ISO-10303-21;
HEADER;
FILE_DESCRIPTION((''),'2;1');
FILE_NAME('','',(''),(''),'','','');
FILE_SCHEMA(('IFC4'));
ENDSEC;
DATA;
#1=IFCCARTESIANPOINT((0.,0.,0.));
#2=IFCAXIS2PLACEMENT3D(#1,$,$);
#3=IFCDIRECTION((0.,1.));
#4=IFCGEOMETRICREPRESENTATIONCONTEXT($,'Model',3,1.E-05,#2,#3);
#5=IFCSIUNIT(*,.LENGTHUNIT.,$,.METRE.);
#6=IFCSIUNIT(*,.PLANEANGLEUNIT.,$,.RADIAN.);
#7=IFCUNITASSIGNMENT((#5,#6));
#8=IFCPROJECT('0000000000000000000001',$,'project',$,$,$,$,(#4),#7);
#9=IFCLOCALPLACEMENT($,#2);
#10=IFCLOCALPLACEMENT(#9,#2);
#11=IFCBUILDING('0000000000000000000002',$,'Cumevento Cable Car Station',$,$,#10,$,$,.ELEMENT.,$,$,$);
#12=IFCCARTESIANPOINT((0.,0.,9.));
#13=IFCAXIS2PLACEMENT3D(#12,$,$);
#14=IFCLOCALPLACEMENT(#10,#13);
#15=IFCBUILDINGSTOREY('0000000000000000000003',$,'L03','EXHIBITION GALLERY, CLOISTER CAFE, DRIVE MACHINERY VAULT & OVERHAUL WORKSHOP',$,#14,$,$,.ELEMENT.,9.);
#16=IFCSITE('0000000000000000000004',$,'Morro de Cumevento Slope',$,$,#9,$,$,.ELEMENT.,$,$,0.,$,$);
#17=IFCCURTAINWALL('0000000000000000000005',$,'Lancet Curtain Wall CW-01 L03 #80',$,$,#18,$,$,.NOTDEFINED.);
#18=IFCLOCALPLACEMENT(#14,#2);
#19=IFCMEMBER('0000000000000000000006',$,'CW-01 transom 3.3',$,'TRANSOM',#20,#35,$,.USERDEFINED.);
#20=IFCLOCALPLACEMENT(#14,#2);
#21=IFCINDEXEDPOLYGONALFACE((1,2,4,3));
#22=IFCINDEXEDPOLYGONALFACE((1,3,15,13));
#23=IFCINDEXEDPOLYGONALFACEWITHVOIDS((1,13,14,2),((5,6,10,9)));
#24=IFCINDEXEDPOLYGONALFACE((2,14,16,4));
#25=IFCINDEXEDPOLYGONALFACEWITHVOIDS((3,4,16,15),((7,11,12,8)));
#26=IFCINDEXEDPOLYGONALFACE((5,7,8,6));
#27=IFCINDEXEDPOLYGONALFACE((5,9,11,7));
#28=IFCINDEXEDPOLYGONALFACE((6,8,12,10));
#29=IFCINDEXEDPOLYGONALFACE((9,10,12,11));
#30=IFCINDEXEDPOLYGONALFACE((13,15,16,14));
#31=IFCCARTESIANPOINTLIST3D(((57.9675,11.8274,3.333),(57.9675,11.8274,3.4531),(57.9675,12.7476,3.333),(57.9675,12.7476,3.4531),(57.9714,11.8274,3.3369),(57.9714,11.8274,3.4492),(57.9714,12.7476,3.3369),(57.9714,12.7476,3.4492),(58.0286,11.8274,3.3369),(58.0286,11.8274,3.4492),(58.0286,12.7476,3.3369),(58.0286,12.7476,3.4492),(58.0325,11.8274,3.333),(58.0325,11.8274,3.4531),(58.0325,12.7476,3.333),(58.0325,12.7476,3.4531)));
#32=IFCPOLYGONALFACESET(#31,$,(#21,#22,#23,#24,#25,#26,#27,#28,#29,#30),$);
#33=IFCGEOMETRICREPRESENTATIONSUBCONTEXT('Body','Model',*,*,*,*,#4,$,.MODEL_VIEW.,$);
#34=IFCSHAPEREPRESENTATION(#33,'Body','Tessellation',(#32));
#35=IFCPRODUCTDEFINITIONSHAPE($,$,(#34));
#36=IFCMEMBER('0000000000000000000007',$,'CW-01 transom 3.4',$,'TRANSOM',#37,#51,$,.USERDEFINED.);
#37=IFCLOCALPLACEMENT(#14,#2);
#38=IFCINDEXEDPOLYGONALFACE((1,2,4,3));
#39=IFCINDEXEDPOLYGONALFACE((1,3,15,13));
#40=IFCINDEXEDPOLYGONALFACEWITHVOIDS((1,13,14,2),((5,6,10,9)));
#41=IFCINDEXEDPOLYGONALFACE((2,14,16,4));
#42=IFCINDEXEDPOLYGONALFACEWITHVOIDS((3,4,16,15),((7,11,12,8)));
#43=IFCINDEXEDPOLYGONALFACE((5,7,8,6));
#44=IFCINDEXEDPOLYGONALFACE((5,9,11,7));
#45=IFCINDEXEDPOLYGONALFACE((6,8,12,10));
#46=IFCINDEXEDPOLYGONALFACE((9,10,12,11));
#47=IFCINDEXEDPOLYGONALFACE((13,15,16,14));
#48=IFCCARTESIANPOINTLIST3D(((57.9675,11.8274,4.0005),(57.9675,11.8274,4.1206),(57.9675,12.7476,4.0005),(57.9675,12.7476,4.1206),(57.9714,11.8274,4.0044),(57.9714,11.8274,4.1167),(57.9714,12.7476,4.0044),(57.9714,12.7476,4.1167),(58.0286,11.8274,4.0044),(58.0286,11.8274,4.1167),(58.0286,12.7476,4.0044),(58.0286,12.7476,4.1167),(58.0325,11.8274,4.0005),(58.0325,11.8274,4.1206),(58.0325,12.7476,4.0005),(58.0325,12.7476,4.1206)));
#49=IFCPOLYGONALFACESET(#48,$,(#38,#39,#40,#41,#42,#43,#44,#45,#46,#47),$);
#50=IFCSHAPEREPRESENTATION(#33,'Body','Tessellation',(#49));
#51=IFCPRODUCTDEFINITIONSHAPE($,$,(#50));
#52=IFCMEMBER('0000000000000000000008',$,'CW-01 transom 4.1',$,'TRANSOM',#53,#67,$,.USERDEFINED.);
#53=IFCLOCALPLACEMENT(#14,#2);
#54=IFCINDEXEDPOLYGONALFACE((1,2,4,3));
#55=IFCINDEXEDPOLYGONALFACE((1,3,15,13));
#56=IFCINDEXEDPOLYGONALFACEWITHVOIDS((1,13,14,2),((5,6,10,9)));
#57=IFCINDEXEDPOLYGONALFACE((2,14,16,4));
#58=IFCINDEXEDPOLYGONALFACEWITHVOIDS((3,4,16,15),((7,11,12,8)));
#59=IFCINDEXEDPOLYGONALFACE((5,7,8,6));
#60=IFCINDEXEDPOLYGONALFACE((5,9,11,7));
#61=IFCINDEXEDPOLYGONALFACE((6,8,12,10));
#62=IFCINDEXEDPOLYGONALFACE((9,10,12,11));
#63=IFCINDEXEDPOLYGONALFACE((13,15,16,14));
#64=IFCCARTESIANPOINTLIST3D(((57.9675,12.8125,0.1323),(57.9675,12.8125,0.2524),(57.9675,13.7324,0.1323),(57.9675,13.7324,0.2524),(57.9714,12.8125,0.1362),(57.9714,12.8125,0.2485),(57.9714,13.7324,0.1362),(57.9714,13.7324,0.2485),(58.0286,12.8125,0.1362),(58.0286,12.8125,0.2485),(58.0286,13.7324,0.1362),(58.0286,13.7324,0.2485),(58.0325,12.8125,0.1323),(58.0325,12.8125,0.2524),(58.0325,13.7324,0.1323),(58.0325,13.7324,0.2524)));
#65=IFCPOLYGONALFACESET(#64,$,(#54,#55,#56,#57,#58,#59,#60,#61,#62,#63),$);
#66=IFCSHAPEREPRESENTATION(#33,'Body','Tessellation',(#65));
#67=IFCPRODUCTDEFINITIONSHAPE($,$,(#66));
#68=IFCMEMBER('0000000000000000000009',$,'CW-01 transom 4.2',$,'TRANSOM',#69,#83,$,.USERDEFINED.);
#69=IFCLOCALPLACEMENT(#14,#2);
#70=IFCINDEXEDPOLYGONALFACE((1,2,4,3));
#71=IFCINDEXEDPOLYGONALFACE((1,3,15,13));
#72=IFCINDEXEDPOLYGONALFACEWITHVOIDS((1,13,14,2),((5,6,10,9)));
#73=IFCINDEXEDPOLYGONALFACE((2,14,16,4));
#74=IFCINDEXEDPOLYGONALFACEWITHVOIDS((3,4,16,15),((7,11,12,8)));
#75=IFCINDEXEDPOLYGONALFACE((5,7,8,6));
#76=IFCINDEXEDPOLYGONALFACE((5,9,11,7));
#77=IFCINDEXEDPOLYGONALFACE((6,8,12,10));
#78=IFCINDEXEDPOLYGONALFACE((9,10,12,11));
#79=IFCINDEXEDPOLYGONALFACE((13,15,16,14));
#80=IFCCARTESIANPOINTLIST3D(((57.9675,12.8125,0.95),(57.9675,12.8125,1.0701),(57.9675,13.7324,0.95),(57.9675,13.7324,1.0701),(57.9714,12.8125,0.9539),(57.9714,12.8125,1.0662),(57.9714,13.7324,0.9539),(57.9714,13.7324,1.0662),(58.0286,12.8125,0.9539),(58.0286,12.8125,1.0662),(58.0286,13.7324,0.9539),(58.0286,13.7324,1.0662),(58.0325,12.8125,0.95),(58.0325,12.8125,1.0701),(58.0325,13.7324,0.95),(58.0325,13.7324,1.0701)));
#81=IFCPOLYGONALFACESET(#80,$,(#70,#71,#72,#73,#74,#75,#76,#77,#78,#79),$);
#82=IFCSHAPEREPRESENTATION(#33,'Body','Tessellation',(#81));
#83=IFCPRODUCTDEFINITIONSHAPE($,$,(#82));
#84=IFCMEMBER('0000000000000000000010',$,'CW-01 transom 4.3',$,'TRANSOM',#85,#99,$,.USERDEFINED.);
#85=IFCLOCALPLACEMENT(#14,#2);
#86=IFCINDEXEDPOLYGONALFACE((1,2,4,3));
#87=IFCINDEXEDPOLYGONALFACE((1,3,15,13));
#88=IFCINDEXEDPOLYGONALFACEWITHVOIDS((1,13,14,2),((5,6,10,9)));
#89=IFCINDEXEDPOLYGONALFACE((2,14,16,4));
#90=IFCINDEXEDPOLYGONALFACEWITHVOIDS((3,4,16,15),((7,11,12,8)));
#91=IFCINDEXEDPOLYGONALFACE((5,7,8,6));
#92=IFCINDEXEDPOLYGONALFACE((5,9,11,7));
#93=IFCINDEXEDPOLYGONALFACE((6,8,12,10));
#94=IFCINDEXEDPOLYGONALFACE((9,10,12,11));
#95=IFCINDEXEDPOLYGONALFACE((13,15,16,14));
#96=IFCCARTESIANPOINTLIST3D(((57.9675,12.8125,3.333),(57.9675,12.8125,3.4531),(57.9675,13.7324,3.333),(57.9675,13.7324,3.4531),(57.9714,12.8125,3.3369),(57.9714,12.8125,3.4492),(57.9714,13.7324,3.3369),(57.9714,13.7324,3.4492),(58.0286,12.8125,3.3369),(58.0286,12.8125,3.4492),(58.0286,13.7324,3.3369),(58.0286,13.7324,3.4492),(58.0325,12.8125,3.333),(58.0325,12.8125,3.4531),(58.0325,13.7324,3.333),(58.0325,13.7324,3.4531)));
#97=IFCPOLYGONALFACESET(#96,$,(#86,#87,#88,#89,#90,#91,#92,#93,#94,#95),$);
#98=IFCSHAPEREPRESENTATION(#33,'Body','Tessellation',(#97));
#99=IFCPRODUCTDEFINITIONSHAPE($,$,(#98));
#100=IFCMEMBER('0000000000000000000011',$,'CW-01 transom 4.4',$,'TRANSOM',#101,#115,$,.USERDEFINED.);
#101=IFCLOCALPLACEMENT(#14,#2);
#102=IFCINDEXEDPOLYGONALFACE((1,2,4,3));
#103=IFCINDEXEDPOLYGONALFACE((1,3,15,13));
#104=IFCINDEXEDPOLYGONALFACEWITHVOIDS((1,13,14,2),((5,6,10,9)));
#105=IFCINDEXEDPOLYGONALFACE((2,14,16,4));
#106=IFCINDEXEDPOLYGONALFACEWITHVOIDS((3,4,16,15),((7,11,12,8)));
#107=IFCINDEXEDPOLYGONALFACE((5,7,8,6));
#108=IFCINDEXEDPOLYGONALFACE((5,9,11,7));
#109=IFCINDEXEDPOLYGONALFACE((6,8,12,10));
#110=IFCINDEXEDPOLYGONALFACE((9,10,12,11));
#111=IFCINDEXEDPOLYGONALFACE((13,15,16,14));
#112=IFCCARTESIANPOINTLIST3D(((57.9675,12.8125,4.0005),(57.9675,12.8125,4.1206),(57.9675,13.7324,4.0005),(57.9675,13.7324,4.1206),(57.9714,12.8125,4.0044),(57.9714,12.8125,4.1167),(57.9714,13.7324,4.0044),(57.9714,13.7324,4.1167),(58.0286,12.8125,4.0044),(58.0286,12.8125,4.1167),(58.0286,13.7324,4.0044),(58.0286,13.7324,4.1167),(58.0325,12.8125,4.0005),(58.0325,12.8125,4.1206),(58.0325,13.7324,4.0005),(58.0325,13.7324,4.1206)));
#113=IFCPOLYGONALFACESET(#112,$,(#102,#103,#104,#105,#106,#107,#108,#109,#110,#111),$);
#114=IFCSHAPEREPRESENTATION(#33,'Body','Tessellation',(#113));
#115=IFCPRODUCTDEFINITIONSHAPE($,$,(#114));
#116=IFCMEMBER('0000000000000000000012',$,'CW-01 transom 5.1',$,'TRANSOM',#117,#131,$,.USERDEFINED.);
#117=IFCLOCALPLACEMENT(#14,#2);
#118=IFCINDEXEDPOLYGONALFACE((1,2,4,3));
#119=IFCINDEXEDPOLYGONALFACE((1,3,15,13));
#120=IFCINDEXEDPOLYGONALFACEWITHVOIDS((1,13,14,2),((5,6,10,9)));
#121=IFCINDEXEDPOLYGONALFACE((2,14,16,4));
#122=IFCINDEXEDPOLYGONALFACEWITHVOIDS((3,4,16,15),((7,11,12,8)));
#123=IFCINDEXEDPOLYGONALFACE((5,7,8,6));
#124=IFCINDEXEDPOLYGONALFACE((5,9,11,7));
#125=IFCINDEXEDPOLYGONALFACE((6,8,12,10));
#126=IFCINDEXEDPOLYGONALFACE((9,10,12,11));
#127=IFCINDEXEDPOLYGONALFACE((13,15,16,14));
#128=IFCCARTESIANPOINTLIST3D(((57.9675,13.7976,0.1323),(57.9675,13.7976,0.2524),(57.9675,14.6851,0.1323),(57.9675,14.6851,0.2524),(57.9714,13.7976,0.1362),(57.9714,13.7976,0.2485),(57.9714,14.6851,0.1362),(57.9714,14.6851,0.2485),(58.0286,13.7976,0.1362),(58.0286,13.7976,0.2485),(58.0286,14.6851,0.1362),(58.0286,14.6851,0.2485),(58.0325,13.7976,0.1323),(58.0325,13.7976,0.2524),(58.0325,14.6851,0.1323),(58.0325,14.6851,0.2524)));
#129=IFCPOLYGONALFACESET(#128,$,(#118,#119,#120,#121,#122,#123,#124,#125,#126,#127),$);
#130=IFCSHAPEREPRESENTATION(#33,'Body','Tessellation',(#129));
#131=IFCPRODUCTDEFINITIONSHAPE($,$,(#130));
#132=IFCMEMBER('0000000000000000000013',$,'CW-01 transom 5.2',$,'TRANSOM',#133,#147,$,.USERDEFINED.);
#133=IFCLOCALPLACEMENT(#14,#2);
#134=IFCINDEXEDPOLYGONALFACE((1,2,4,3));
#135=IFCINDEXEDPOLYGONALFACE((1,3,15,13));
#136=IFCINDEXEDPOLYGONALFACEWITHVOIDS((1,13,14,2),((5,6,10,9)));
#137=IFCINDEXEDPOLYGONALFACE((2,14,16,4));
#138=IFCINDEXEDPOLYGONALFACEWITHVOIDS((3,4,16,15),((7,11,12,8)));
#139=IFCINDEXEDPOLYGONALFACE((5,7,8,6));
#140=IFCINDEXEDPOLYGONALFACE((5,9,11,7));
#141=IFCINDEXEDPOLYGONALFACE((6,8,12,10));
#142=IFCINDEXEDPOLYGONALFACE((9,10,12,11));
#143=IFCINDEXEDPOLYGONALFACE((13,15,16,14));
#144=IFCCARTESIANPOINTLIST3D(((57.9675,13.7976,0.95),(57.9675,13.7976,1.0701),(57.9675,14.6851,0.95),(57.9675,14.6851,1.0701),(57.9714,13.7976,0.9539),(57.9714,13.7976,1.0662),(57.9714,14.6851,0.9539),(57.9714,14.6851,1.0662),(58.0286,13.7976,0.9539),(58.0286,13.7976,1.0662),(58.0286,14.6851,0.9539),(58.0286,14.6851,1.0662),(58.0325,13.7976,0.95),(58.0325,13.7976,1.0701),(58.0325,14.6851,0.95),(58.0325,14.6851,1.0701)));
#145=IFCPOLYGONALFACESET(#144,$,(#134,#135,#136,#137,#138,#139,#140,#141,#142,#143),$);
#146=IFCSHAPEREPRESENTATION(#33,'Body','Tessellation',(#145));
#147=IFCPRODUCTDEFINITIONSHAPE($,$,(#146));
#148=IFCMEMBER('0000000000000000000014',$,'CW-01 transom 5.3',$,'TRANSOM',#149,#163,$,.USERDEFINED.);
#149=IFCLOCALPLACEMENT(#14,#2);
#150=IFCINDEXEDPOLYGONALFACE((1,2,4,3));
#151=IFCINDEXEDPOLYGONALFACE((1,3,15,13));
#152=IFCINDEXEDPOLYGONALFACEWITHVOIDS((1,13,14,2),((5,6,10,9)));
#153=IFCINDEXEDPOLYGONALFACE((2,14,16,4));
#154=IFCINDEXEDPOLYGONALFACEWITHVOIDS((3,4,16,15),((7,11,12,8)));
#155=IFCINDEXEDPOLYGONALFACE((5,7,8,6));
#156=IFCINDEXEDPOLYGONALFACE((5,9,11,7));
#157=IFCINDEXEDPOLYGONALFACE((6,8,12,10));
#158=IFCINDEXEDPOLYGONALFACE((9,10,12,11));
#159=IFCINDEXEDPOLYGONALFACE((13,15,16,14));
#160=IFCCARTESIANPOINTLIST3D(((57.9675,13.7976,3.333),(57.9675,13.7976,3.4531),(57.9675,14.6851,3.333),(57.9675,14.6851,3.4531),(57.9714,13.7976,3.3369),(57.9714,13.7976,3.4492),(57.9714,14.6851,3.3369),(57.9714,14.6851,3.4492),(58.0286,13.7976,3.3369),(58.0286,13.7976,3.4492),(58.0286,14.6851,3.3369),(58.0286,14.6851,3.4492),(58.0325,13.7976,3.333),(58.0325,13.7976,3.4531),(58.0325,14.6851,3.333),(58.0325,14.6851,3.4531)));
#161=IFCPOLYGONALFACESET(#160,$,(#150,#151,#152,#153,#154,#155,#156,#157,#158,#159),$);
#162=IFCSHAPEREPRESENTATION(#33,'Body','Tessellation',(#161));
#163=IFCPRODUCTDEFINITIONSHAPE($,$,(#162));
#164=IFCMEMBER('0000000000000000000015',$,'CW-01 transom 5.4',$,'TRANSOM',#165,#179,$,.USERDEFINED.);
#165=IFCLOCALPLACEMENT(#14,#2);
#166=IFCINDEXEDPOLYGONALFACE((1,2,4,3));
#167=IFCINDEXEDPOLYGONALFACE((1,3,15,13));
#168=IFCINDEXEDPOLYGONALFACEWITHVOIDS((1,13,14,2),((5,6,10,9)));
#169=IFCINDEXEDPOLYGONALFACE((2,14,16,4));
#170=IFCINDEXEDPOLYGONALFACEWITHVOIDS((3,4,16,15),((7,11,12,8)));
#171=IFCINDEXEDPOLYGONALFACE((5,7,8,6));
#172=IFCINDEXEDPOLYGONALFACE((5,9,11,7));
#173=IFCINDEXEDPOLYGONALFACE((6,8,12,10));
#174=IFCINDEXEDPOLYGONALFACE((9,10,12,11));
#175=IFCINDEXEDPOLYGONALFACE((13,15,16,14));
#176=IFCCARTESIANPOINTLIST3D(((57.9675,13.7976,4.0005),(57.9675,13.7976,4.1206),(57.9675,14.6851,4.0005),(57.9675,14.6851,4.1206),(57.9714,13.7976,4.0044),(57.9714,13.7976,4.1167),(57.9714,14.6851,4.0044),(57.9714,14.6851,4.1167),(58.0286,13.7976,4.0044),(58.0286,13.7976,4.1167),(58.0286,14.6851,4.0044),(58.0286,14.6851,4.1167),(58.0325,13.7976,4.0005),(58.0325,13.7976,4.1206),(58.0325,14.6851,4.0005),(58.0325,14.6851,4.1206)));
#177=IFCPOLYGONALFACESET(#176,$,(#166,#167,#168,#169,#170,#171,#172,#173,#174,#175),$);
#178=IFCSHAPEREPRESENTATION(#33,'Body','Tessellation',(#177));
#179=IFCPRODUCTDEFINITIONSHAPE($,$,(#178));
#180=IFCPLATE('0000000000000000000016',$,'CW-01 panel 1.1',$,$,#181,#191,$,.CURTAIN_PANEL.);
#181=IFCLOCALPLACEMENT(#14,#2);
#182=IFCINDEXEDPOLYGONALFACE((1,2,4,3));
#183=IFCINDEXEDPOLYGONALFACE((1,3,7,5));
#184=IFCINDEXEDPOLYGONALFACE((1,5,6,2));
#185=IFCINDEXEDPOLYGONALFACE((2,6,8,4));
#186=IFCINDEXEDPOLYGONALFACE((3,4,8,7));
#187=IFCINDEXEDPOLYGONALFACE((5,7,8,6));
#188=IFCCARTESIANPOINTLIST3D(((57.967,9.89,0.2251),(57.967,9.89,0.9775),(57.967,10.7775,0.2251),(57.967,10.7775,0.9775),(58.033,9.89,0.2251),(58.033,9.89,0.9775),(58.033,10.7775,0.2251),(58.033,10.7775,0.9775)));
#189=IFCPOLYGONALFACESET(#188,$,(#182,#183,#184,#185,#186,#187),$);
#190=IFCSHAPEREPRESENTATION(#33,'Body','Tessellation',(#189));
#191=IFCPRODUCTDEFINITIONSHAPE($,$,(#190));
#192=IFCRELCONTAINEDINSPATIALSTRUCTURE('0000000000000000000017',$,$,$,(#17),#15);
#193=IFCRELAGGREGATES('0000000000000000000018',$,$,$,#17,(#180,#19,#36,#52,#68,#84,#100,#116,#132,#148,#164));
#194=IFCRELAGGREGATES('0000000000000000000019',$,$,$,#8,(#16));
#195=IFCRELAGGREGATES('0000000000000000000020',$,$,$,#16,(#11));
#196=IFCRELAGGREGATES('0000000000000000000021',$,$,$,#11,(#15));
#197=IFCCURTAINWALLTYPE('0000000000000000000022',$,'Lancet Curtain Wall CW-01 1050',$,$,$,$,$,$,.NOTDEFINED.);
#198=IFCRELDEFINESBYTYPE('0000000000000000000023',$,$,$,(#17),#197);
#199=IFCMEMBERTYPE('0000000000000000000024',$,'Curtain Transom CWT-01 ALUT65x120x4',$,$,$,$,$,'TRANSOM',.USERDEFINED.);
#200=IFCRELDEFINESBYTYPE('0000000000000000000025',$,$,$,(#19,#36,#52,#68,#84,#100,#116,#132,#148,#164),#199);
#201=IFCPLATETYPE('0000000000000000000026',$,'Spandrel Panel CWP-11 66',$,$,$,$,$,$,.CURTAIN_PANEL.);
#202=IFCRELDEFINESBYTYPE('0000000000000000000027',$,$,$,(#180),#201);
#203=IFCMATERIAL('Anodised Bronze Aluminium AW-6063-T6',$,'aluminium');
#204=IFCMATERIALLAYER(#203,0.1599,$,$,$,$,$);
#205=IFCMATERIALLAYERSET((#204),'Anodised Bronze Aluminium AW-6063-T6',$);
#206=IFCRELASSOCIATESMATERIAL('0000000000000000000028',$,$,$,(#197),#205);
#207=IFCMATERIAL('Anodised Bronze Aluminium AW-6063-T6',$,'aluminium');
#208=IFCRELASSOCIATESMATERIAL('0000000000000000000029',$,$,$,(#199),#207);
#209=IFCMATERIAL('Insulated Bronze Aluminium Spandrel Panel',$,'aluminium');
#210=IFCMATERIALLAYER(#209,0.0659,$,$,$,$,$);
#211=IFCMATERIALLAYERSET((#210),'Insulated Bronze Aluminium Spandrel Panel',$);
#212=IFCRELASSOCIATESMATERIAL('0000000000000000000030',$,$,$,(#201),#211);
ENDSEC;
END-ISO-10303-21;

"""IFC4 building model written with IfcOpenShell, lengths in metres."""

from ifc_helpers import new_model, si_unit, direction, frame, origin, origin_2d, place, context, subcontext, project, spatial, rectangle, hollow_rectangle, extrude, material, layer, layer_set, material_profile, profile_set, type_object, element, aggregate, save


model = new_model("IFC4")

# Units and contexts
model_context = context("Model", 3, precision=1e-05, world=origin(), true_north=direction((0.0, 1.0)))
body_context = subcontext(model_context, "Body", "Model", "MODEL_VIEW")
ifc_project = project(units=[si_unit("LENGTHUNIT", "METRE"), si_unit("PLANEANGLEUNIT", "RADIAN")], contexts=[model_context])

# Site, building, storey
site_placement = place(None, origin())
site = spatial("IfcSite", under=ifc_project, at=site_placement, Name="Morro de Cumevento Slope", CompositionType="ELEMENT", RefElevation=0.0)
building_placement = place(site_placement, origin())
building = spatial("IfcBuilding", under=site, at=building_placement, Name="Cumevento Cable Car Station", CompositionType="ELEMENT")
storey_placement = place(building_placement, frame((0.0, 0.0, 9.0)))
storey = spatial("IfcBuildingStorey", under=building, at=storey_placement, Name="L03", Description="EXHIBITION GALLERY, CLOISTER CAFE, DRIVE MACHINERY VAULT & OVERHAUL WORKSHOP", CompositionType="ELEMENT", Elevation=9.0)

# Curtain wall, members, plate
ifc_material_1 = material(Name="Anodised Bronze Aluminium AW-6063-T6", Category="aluminium")
ifc_layer_1 = layer(ifc_material_1, 0.1599)
ifc_layer_set_1 = layer_set([ifc_layer_1], Name="Anodised Bronze Aluminium AW-6063-T6")
curtain_wall_type = type_object("IfcCurtainWallType", Name="Lancet Curtain Wall CW-01 1050", PredefinedType="NOTDEFINED", material=ifc_layer_set_1)
curtain_wall_placement = place(storey_placement, origin())
curtain_wall = element("IfcCurtainWall", 1, at=curtain_wall_placement, inside=storey, type_object=curtain_wall_type, Name="Lancet Curtain Wall CW-01 L03 #80", PredefinedType="NOTDEFINED")
ifc_material_2 = material(Name="Anodised Bronze Aluminium AW-6063-T6", Category="aluminium")
ifc_material_profile_1 = material_profile(ifc_material_2, hollow_rectangle(XDim=0.0649, YDim=0.1201, WallThickness=0.0039, at=origin_2d()), Name="ALUT65x120x4")
ifc_profile_set_1 = profile_set([ifc_material_profile_1], Name="Anodised Bronze Aluminium AW-6063-T6")
member_type_1 = type_object("IfcMemberType", Name="Curtain Transom CWT-01 ALUT65x120x4", ElementType="TRANSOM", PredefinedType="USERDEFINED", material=ifc_profile_set_1)
member_1_placement = place(storey_placement, frame((58.0, 11.8274, 3.3931), z_axis=(0.0, 1.0, 0.0), x_axis=(-1.0, 0.0, 0.0)))
member_1 = element("IfcMember", 2, at=member_1_placement, type_object=member_type_1, Name="CW-01 transom 3.3", ObjectType="TRANSOM", PredefinedType="USERDEFINED", context=body_context, shape_type="SweptSolid", body=[
    extrude(hollow_rectangle(XDim=0.0649, YDim=0.1201, WallThickness=0.0039, at=origin_2d()), origin(), (0.0, 0.0, 1.0), 0.9202),
])
member_2_placement = place(storey_placement, frame((58.0, 11.8274, 4.0605), z_axis=(0.0, 1.0, 0.0), x_axis=(-1.0, 0.0, 0.0)))
member_2 = element("IfcMember", 3, at=member_2_placement, type_object=member_type_1, Name="CW-01 transom 3.4", ObjectType="TRANSOM", PredefinedType="USERDEFINED", context=body_context, shape_type="SweptSolid", body=[
    extrude(hollow_rectangle(XDim=0.0649, YDim=0.1201, WallThickness=0.0039, at=origin_2d()), origin(), (0.0, 0.0, 1.0), 0.9202),
])
member_3_placement = place(storey_placement, frame((58.0, 12.8125, 0.1924), z_axis=(0.0, 1.0, 0.0), x_axis=(-1.0, 0.0, 0.0)))
member_3 = element("IfcMember", 4, at=member_3_placement, type_object=member_type_1, Name="CW-01 transom 4.1", ObjectType="TRANSOM", PredefinedType="USERDEFINED", context=body_context, shape_type="SweptSolid", body=[
    extrude(hollow_rectangle(XDim=0.0649, YDim=0.1201, WallThickness=0.0039, at=origin_2d()), origin(), (0.0, 0.0, 1.0), 0.9199),
])
member_4_placement = place(storey_placement, frame((58.0, 12.8125, 1.01), z_axis=(0.0, 1.0, 0.0), x_axis=(-1.0, 0.0, 0.0)))
member_4 = element("IfcMember", 5, at=member_4_placement, type_object=member_type_1, Name="CW-01 transom 4.2", ObjectType="TRANSOM", PredefinedType="USERDEFINED", context=body_context, shape_type="SweptSolid", body=[
    extrude(hollow_rectangle(XDim=0.0649, YDim=0.1201, WallThickness=0.0039, at=origin_2d()), origin(), (0.0, 0.0, 1.0), 0.9199),
])
member_5_placement = place(storey_placement, frame((58.0, 12.8125, 3.3931), z_axis=(0.0, 1.0, 0.0), x_axis=(-1.0, 0.0, 0.0)))
member_5 = element("IfcMember", 6, at=member_5_placement, type_object=member_type_1, Name="CW-01 transom 4.3", ObjectType="TRANSOM", PredefinedType="USERDEFINED", context=body_context, shape_type="SweptSolid", body=[
    extrude(hollow_rectangle(XDim=0.0649, YDim=0.1201, WallThickness=0.0039, at=origin_2d()), origin(), (0.0, 0.0, 1.0), 0.9199),
])
member_6_placement = place(storey_placement, frame((58.0, 12.8125, 4.0605), z_axis=(0.0, 1.0, 0.0), x_axis=(-1.0, 0.0, 0.0)))
member_6 = element("IfcMember", 7, at=member_6_placement, type_object=member_type_1, Name="CW-01 transom 4.4", ObjectType="TRANSOM", PredefinedType="USERDEFINED", context=body_context, shape_type="SweptSolid", body=[
    extrude(hollow_rectangle(XDim=0.0649, YDim=0.1201, WallThickness=0.0039, at=origin_2d()), origin(), (0.0, 0.0, 1.0), 0.9199),
])
member_7_placement = place(storey_placement, frame((58.0, 13.7976, 0.1924), z_axis=(0.0, 1.0, 0.0), x_axis=(-1.0, 0.0, 0.0)))
member_7 = element("IfcMember", 8, at=member_7_placement, type_object=member_type_1, Name="CW-01 transom 5.1", ObjectType="TRANSOM", PredefinedType="USERDEFINED", context=body_context, shape_type="SweptSolid", body=[
    extrude(hollow_rectangle(XDim=0.0649, YDim=0.1201, WallThickness=0.0039, at=origin_2d()), origin(), (0.0, 0.0, 1.0), 0.8875),
])
member_8_placement = place(storey_placement, frame((58.0, 13.7976, 1.01), z_axis=(0.0, 1.0, 0.0), x_axis=(-1.0, 0.0, 0.0)))
member_8 = element("IfcMember", 9, at=member_8_placement, type_object=member_type_1, Name="CW-01 transom 5.2", ObjectType="TRANSOM", PredefinedType="USERDEFINED", context=body_context, shape_type="SweptSolid", body=[
    extrude(hollow_rectangle(XDim=0.0649, YDim=0.1201, WallThickness=0.0039, at=origin_2d()), origin(), (0.0, 0.0, 1.0), 0.8875),
])
member_9_placement = place(storey_placement, frame((58.0, 13.7976, 3.3931), z_axis=(0.0, 1.0, 0.0), x_axis=(-1.0, 0.0, 0.0)))
member_9 = element("IfcMember", 10, at=member_9_placement, type_object=member_type_1, Name="CW-01 transom 5.3", ObjectType="TRANSOM", PredefinedType="USERDEFINED", context=body_context, shape_type="SweptSolid", body=[
    extrude(hollow_rectangle(XDim=0.0649, YDim=0.1201, WallThickness=0.0039, at=origin_2d()), origin(), (0.0, 0.0, 1.0), 0.8875),
])
member_10_placement = place(storey_placement, frame((58.0, 13.7976, 4.0605), z_axis=(0.0, 1.0, 0.0), x_axis=(-1.0, 0.0, 0.0)))
member_10 = element("IfcMember", 11, at=member_10_placement, type_object=member_type_1, Name="CW-01 transom 5.4", ObjectType="TRANSOM", PredefinedType="USERDEFINED", context=body_context, shape_type="SweptSolid", body=[
    extrude(hollow_rectangle(XDim=0.0649, YDim=0.1201, WallThickness=0.0039, at=origin_2d()), origin(), (0.0, 0.0, 1.0), 0.8875),
])
ifc_material_3 = material(Name="Insulated Bronze Aluminium Spandrel Panel", Category="aluminium")
ifc_layer_2 = layer(ifc_material_3, 0.0659)
ifc_layer_set_2 = layer_set([ifc_layer_2], Name="Insulated Bronze Aluminium Spandrel Panel")
plate_type = type_object("IfcPlateType", Name="Spandrel Panel CWP-11 66", PredefinedType="CURTAIN_PANEL", material=ifc_layer_set_2)
plate_1_placement = place(storey_placement, frame((58.0, 10.3337, 0.2251), z_axis=(0.0, 0.0, 1.0), x_axis=(0.0, 1.0, 0.0)))
plate_1 = element("IfcPlate", 12, at=plate_1_placement, type_object=plate_type, Name="CW-01 panel 1.1", PredefinedType="CURTAIN_PANEL", context=body_context, shape_type="SweptSolid", body=[
    extrude(rectangle(XDim=0.8875, YDim=0.0659, at=origin_2d()), origin(), (0.0, 0.0, 1.0), 0.7524),
])
aggregate(curtain_wall, [plate_1, member_1, member_2, member_3, member_4, member_5, member_6, member_7, member_8, member_9, member_10])

save(model, "model.ifc")
